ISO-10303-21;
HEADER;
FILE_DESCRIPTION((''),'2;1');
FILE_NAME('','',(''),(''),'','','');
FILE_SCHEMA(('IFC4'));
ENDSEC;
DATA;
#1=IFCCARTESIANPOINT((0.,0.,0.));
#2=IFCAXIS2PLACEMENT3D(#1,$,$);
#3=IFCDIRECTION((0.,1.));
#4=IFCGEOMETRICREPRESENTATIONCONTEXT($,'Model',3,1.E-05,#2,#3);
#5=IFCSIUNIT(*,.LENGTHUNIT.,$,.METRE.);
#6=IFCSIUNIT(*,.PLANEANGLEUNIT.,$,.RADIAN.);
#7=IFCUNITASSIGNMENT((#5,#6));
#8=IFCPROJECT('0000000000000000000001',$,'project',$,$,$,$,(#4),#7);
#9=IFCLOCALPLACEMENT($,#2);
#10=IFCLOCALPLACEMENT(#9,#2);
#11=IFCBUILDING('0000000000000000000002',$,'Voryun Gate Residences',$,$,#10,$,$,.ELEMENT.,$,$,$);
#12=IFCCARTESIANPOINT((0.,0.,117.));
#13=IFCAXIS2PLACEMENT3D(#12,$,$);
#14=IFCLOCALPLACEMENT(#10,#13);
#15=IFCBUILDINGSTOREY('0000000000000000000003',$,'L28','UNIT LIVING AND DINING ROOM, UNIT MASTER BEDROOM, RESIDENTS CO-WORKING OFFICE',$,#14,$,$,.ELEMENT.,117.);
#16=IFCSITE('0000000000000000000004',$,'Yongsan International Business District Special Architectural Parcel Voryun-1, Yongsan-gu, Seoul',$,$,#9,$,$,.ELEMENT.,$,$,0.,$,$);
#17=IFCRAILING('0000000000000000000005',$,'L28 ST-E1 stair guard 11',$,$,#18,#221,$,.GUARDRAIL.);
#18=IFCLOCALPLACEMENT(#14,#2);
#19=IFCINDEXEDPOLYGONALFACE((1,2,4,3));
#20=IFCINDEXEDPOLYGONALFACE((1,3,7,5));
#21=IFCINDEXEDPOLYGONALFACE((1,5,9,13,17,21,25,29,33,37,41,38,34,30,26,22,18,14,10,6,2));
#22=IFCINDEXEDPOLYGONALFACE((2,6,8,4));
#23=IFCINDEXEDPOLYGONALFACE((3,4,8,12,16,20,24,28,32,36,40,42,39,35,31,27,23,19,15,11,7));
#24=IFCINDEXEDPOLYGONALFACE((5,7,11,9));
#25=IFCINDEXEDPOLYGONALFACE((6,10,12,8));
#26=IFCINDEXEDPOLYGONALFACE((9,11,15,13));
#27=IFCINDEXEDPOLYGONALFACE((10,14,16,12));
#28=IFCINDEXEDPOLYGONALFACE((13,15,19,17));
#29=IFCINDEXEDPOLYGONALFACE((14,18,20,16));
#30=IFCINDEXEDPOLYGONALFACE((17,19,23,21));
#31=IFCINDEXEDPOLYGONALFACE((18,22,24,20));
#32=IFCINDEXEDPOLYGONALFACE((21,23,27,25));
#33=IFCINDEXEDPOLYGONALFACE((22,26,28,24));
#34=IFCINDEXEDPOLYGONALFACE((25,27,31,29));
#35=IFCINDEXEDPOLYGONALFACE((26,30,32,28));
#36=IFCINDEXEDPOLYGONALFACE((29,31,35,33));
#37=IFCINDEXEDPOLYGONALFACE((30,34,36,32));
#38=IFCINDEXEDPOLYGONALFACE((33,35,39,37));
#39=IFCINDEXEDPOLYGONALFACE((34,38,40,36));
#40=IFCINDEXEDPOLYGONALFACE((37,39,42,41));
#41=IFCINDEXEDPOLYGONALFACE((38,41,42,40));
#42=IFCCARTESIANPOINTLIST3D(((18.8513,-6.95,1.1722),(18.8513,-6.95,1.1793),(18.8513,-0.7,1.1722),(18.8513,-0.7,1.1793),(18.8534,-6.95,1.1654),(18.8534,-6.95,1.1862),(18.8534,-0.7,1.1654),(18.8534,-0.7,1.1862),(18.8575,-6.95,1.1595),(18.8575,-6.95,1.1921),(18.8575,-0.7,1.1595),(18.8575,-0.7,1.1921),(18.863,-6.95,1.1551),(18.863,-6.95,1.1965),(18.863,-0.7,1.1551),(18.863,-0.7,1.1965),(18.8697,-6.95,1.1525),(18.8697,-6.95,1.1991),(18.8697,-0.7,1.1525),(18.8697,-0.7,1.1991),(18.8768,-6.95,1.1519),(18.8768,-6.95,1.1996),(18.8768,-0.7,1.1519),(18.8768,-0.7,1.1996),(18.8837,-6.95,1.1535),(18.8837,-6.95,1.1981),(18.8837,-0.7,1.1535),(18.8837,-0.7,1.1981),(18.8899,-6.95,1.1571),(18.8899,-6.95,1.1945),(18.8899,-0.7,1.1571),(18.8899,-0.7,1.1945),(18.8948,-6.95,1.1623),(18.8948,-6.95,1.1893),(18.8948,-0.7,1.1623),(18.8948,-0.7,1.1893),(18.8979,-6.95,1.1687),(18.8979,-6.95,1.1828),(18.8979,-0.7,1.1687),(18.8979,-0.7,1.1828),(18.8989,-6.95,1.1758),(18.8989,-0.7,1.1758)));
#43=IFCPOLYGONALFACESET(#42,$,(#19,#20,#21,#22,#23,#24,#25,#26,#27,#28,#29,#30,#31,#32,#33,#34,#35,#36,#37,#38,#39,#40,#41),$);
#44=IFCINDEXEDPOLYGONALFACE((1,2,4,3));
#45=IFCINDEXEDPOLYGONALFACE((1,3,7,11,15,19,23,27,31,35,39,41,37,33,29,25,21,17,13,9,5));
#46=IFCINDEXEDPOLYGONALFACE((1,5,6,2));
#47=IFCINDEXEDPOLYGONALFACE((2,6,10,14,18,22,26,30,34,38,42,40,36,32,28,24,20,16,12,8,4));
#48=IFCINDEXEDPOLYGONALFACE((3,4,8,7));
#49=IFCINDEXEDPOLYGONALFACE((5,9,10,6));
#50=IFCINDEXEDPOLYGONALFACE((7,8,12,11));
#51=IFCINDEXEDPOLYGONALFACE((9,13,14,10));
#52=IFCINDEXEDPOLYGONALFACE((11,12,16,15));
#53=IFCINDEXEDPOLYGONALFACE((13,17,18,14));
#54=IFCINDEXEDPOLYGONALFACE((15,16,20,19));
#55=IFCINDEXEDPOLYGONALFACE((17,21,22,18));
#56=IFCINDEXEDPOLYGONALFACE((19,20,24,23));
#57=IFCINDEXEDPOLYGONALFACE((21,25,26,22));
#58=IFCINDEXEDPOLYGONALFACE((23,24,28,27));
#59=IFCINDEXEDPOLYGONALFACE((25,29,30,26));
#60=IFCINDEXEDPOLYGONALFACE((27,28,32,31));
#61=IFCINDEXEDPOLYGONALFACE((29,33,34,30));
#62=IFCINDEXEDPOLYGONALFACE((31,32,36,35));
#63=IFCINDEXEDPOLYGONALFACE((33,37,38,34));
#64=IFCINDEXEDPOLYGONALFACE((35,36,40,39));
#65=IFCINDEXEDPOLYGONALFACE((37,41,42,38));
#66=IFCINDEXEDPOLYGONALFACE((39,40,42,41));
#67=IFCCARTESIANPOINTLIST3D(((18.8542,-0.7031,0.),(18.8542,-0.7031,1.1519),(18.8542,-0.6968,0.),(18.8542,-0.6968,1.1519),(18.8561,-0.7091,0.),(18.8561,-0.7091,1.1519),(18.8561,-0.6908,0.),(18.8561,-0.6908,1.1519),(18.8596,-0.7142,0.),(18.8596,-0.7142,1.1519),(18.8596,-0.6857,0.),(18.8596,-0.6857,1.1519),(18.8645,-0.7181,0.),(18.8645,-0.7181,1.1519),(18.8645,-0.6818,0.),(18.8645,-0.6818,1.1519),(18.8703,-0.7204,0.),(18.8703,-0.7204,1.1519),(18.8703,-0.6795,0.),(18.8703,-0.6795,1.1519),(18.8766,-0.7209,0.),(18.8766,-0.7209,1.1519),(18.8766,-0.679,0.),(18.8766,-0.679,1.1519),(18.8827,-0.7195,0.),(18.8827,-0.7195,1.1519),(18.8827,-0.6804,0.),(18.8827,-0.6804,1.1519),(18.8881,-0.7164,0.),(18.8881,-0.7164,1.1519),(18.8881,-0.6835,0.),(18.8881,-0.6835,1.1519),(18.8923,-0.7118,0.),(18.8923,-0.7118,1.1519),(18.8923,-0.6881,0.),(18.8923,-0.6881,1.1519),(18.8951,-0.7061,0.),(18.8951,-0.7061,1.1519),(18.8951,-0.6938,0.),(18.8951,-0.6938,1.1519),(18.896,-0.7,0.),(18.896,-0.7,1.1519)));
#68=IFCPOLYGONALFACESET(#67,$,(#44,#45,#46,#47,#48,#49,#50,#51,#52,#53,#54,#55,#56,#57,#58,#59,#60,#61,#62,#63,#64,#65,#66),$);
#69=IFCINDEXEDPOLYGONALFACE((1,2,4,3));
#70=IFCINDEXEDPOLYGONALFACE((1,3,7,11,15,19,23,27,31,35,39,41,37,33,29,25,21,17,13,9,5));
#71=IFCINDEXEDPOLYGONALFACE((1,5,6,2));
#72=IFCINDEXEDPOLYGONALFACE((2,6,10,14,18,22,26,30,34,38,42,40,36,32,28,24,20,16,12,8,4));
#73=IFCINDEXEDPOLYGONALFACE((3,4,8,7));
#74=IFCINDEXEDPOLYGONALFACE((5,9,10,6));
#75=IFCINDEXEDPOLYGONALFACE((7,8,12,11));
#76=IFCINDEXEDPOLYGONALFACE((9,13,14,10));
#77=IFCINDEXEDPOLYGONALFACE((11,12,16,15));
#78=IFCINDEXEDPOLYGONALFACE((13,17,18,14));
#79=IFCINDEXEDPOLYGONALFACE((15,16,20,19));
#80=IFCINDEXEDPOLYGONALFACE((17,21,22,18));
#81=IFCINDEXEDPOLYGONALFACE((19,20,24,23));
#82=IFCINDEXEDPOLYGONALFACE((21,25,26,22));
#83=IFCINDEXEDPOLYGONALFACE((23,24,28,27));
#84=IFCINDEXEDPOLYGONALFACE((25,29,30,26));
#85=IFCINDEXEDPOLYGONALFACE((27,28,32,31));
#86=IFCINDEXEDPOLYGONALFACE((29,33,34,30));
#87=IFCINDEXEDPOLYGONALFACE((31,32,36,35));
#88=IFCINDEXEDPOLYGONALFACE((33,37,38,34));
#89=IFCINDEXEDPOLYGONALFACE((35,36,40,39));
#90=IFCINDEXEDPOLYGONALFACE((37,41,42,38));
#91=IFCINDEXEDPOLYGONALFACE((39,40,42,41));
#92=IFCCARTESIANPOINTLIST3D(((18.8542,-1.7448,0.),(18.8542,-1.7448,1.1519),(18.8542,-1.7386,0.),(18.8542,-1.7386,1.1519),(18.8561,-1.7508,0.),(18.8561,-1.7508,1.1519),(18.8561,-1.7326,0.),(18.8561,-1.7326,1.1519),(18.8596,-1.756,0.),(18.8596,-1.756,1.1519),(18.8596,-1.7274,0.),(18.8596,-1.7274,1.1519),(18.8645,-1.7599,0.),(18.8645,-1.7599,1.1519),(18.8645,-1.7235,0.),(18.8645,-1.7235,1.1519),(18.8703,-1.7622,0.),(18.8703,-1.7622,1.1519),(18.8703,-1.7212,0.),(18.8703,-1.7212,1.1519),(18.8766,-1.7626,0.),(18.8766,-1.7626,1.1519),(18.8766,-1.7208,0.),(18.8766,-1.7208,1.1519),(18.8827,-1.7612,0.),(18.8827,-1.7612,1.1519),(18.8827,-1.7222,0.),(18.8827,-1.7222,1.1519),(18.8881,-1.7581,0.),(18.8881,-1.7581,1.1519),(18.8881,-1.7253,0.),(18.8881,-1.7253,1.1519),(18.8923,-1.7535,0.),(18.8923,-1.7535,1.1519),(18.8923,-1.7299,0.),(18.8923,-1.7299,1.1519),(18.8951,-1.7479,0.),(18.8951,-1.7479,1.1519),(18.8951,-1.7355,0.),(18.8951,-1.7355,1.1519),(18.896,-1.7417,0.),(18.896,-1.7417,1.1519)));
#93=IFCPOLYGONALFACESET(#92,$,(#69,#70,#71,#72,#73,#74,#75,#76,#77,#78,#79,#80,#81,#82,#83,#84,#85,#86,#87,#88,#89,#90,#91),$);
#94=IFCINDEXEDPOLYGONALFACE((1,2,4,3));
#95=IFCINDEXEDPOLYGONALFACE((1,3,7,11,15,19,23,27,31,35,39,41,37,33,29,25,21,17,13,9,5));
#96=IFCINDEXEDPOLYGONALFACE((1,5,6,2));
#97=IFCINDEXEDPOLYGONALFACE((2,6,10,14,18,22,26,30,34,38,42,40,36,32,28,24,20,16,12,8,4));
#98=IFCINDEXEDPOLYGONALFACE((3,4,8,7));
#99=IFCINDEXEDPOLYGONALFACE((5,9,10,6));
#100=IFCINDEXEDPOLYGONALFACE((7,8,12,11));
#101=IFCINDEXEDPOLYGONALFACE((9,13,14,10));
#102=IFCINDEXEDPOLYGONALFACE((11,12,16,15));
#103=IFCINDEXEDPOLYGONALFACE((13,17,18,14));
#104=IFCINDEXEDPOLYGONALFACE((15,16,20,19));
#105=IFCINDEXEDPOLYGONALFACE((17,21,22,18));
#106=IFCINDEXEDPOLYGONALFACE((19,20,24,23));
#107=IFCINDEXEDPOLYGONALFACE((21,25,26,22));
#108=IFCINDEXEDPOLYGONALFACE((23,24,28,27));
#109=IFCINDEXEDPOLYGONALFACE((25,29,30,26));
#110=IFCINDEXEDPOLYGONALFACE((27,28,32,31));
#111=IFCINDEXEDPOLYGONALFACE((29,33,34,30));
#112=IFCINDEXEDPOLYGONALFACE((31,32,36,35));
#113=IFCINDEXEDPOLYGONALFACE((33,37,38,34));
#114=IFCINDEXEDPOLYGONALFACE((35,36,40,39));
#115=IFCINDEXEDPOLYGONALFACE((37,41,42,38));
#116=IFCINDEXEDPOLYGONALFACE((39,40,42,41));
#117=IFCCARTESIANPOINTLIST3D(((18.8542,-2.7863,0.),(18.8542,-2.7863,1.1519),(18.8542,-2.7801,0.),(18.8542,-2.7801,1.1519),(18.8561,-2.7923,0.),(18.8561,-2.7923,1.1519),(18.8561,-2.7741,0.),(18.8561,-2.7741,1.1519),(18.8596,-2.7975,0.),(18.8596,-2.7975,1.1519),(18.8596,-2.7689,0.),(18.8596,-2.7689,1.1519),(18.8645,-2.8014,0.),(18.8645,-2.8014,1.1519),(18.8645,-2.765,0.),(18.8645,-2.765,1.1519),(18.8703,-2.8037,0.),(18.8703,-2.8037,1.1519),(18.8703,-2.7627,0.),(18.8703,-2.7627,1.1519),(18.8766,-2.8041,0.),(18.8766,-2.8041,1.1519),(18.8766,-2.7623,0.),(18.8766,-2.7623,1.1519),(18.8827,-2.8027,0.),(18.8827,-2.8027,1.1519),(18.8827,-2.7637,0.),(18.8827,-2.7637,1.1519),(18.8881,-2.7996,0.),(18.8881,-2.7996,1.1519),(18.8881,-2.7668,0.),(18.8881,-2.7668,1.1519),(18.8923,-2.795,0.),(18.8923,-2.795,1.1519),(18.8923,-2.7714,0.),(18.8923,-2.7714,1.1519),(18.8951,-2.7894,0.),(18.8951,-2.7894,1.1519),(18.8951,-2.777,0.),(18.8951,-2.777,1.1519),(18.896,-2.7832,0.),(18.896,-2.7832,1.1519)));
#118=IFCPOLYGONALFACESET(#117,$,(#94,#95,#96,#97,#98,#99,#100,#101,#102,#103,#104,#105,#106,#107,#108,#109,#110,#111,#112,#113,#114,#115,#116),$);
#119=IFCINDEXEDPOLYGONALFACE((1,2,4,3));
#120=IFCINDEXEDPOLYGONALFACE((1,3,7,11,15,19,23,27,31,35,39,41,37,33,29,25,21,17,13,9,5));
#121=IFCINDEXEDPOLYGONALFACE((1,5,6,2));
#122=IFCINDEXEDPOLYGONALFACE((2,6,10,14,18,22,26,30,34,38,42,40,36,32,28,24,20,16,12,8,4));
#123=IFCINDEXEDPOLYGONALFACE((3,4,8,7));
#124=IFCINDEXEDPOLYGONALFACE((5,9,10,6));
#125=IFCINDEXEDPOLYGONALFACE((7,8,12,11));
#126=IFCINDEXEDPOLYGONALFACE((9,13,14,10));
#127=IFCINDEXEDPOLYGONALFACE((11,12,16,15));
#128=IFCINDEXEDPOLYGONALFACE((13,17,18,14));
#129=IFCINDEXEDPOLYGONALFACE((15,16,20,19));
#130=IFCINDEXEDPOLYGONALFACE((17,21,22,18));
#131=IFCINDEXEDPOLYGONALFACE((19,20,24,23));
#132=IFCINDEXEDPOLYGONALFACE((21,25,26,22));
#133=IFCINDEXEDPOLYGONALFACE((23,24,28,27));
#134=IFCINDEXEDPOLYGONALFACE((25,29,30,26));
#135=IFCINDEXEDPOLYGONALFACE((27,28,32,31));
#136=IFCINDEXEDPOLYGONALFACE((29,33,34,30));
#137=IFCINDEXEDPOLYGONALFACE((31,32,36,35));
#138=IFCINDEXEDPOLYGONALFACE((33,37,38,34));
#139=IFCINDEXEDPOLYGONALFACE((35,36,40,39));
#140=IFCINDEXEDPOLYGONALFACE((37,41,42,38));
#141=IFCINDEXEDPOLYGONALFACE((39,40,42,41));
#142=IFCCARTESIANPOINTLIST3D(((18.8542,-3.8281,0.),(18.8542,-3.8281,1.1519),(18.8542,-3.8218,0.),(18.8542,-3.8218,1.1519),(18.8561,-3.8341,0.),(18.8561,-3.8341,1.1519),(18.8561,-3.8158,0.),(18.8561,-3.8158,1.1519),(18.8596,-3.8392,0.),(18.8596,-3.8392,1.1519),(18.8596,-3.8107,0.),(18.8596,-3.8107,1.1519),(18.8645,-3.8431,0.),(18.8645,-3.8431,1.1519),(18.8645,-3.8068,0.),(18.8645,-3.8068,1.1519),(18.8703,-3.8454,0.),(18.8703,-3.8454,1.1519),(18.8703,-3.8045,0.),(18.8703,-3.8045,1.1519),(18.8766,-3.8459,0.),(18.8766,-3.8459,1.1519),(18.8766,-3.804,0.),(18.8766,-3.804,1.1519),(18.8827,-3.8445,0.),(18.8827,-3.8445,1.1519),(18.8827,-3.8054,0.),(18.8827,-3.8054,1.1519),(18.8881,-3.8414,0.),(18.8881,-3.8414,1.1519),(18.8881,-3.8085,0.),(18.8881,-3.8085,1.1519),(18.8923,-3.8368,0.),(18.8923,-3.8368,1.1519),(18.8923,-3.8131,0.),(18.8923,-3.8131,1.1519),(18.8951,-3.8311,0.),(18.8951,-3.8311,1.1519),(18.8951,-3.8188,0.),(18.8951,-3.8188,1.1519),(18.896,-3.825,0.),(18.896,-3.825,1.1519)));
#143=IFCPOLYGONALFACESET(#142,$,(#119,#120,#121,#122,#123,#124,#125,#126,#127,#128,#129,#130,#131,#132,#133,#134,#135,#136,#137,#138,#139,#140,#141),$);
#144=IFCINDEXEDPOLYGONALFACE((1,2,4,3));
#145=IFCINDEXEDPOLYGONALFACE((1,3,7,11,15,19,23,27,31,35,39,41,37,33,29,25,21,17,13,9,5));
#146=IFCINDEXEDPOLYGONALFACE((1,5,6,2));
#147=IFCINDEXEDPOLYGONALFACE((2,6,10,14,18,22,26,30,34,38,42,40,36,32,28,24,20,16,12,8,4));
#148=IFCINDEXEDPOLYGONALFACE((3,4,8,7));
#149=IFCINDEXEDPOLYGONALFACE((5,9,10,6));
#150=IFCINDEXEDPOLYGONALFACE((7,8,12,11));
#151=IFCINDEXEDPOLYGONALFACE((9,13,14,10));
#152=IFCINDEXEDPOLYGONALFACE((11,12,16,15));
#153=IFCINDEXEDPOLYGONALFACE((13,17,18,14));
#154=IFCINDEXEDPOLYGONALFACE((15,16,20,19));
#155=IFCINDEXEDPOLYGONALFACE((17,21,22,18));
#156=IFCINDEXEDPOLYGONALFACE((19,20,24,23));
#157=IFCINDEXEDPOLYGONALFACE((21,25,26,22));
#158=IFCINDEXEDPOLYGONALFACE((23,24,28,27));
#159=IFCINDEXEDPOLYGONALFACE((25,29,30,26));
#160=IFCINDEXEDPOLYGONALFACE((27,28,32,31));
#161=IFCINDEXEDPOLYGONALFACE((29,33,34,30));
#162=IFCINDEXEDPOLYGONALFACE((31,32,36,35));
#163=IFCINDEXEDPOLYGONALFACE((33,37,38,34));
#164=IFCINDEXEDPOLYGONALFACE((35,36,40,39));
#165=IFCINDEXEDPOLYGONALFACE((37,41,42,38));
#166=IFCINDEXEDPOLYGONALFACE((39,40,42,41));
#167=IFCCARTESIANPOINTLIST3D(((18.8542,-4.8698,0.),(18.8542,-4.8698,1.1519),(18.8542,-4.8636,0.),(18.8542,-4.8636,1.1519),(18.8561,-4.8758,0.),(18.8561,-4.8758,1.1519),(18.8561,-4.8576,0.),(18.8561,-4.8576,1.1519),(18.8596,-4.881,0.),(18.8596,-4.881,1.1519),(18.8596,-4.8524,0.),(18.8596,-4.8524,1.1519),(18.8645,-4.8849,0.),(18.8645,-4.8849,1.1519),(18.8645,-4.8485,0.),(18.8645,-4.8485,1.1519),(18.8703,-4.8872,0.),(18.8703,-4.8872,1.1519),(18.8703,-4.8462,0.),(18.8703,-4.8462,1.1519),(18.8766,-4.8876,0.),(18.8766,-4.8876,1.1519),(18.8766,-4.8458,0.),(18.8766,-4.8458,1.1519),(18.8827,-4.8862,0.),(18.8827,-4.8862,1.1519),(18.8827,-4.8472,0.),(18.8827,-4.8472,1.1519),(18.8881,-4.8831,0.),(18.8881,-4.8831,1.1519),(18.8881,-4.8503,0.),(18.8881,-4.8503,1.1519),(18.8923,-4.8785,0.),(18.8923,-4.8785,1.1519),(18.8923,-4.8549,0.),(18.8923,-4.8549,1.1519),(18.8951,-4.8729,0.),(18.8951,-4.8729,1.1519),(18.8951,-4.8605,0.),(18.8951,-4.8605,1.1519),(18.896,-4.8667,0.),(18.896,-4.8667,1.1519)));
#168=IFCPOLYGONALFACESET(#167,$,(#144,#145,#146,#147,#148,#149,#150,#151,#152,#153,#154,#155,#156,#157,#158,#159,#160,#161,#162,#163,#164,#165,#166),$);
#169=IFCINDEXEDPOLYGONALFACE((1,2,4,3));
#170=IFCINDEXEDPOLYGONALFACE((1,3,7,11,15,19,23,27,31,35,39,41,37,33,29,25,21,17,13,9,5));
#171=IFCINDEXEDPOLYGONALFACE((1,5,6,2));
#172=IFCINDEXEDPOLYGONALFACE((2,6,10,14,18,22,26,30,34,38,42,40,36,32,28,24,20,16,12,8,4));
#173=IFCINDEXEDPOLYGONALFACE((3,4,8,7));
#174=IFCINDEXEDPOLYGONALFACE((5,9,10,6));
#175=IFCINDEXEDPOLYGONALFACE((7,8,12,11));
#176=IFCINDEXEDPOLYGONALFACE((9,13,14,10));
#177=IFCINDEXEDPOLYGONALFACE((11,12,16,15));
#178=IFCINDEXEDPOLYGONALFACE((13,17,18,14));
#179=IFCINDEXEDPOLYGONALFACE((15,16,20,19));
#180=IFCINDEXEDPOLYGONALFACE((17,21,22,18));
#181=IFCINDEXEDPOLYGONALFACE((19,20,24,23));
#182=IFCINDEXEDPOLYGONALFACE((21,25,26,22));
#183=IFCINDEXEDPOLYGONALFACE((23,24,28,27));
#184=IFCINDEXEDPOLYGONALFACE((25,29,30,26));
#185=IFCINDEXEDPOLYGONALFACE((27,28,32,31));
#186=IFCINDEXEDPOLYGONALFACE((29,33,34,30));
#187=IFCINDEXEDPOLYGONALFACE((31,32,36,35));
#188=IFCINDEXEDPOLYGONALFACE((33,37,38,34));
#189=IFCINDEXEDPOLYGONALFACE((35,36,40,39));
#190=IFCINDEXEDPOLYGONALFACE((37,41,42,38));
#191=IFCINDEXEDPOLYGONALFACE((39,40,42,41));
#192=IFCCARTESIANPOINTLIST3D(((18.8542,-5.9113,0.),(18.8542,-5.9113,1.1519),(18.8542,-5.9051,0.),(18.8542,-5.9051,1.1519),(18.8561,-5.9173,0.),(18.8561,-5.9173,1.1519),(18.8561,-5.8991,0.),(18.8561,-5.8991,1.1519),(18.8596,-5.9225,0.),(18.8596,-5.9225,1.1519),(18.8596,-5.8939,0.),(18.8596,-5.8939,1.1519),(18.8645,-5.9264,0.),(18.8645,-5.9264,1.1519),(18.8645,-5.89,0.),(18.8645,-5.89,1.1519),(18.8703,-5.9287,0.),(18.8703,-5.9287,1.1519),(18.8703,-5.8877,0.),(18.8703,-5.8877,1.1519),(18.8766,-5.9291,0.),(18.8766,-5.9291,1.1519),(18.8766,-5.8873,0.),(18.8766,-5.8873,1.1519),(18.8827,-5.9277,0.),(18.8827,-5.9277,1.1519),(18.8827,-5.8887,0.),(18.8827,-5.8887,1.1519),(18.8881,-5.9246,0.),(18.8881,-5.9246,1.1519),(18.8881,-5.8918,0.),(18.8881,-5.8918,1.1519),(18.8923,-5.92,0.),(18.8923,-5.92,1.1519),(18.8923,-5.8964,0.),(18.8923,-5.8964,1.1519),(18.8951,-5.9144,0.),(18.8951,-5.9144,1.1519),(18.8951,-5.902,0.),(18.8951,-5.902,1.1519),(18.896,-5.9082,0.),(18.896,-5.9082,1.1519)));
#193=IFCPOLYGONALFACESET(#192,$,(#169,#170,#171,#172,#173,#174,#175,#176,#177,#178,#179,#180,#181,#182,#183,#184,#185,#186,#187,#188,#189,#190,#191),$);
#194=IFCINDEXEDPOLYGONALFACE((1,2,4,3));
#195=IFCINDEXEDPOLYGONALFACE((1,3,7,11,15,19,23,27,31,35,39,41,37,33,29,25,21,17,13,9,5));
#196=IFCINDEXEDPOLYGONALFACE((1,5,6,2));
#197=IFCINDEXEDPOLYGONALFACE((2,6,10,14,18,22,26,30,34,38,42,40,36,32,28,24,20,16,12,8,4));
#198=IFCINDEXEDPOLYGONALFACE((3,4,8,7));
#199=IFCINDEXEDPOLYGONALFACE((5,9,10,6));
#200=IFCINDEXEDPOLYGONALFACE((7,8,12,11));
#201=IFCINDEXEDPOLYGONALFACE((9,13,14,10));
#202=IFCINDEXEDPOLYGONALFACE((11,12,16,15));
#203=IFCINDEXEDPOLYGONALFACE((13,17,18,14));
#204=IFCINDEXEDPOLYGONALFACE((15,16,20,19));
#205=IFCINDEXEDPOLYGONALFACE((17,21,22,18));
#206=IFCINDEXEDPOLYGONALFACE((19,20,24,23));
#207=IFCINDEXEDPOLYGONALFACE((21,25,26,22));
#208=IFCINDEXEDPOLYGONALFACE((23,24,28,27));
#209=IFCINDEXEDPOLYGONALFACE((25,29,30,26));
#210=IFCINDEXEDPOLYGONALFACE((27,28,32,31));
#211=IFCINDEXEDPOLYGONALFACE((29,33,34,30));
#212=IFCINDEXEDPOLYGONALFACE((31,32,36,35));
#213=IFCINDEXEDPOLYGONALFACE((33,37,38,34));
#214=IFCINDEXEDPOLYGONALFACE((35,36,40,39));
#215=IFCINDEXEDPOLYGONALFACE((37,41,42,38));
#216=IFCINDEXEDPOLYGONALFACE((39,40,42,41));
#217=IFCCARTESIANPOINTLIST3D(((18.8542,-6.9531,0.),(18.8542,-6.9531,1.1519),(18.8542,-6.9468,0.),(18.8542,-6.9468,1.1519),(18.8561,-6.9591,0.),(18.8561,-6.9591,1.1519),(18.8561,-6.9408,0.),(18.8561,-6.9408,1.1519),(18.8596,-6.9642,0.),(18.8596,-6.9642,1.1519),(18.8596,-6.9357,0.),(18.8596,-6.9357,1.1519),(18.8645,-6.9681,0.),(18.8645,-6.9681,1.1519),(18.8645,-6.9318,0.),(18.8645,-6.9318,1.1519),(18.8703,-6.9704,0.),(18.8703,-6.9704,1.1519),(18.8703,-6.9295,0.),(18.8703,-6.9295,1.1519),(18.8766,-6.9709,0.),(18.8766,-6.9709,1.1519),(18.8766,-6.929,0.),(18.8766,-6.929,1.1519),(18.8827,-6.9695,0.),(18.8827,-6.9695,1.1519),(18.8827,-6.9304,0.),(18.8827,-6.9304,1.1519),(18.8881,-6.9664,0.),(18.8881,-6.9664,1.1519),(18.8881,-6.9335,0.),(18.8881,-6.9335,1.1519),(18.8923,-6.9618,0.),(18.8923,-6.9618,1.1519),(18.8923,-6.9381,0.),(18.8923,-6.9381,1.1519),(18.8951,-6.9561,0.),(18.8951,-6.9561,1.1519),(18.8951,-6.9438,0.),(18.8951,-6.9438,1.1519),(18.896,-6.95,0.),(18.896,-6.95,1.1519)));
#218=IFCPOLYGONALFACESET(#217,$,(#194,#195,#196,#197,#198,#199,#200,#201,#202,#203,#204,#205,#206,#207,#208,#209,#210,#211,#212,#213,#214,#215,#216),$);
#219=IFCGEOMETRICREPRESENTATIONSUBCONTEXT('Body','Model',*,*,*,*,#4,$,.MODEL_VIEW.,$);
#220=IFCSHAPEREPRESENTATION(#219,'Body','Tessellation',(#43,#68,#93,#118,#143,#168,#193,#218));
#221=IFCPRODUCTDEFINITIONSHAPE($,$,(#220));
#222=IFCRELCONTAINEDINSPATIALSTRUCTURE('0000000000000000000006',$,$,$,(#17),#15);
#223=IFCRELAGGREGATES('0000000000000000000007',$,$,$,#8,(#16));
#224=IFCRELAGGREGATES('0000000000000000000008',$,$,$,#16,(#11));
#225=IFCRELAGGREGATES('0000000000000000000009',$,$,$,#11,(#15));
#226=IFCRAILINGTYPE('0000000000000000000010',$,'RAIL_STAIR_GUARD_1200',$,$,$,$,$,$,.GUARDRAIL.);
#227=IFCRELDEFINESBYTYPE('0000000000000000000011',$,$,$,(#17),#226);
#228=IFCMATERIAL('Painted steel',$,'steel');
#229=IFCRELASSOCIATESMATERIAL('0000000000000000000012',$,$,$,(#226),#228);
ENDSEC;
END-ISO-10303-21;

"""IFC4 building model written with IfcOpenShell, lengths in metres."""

from ifc_helpers import new_model, si_unit, direction, frame, origin, origin_2d, place, context, subcontext, project, spatial, circle, extrude, material, type_object, element, save


model = new_model("IFC4")

# Units and contexts
model_context = context("Model", 3, precision=1e-05, world=origin(), true_north=direction((0.0, 1.0)))
body_context = subcontext(model_context, "Body", "Model", "MODEL_VIEW")
ifc_project = project(units=[si_unit("LENGTHUNIT", "METRE"), si_unit("PLANEANGLEUNIT", "RADIAN")], contexts=[model_context])

# Site, building, storey
site_placement = place(None, origin())
site = spatial("IfcSite", under=ifc_project, at=site_placement, Name="Yongsan International Business District Special Architectural Parcel Voryun-1, Yongsan-gu, Seoul", CompositionType="ELEMENT", RefElevation=0.0)
building_placement = place(site_placement, origin())
building = spatial("IfcBuilding", under=site, at=building_placement, Name="Voryun Gate Residences", CompositionType="ELEMENT")
storey_placement = place(building_placement, frame((0.0, 0.0, 117.0)))
storey = spatial("IfcBuildingStorey", under=building, at=storey_placement, Name="L28", Description="UNIT LIVING AND DINING ROOM, UNIT MASTER BEDROOM, RESIDENTS CO-WORKING OFFICE", CompositionType="ELEMENT", Elevation=117.0)

# Railing
ifc_material_1 = material(Name="Painted steel", Category="steel")
railing_type = type_object("IfcRailingType", Name="RAIL_STAIR_GUARD_1200", PredefinedType="GUARDRAIL", material=ifc_material_1)
railing_1_placement = place(storey_placement, frame((18.875, -0.7, 0.0)))
element("IfcRailing", 1, at=railing_1_placement, inside=storey, type_object=railing_type, Name="L28 ST-E1 stair guard 11", PredefinedType="GUARDRAIL", context=body_context, shape_type="SweptSolid", body=[
    extrude(circle(Radius=0.0239, at=origin_2d()), frame((0.0, 0.0, 1.1758), z_axis=(0.0, -1.0, 0.0), x_axis=(1.0, 0.0, 0.0)), (0.0, 0.0, 1.0), 6.25),
    extrude(circle(Radius=0.021, at=origin_2d()), origin(), (0.0, 0.0, 1.0), 1.1519),
    extrude(circle(Radius=0.021, at=origin_2d()), frame((0.0, -1.0417, 0.0)), (0.0, 0.0, 1.0), 1.1519),
    extrude(circle(Radius=0.021, at=origin_2d()), frame((0.0, -2.0833, 0.0)), (0.0, 0.0, 1.0), 1.1519),
    extrude(circle(Radius=0.021, at=origin_2d()), frame((0.0, -3.125, 0.0)), (0.0, 0.0, 1.0), 1.1519),
    extrude(circle(Radius=0.021, at=origin_2d()), frame((0.0, -4.1667, 0.0)), (0.0, 0.0, 1.0), 1.1519),
    extrude(circle(Radius=0.021, at=origin_2d()), frame((0.0, -5.2083, 0.0)), (0.0, 0.0, 1.0), 1.1519),
    extrude(circle(Radius=0.021, at=origin_2d()), frame((0.0, -6.25, 0.0)), (0.0, 0.0, 1.0), 1.1519),
])

save(model, "model.ifc")
